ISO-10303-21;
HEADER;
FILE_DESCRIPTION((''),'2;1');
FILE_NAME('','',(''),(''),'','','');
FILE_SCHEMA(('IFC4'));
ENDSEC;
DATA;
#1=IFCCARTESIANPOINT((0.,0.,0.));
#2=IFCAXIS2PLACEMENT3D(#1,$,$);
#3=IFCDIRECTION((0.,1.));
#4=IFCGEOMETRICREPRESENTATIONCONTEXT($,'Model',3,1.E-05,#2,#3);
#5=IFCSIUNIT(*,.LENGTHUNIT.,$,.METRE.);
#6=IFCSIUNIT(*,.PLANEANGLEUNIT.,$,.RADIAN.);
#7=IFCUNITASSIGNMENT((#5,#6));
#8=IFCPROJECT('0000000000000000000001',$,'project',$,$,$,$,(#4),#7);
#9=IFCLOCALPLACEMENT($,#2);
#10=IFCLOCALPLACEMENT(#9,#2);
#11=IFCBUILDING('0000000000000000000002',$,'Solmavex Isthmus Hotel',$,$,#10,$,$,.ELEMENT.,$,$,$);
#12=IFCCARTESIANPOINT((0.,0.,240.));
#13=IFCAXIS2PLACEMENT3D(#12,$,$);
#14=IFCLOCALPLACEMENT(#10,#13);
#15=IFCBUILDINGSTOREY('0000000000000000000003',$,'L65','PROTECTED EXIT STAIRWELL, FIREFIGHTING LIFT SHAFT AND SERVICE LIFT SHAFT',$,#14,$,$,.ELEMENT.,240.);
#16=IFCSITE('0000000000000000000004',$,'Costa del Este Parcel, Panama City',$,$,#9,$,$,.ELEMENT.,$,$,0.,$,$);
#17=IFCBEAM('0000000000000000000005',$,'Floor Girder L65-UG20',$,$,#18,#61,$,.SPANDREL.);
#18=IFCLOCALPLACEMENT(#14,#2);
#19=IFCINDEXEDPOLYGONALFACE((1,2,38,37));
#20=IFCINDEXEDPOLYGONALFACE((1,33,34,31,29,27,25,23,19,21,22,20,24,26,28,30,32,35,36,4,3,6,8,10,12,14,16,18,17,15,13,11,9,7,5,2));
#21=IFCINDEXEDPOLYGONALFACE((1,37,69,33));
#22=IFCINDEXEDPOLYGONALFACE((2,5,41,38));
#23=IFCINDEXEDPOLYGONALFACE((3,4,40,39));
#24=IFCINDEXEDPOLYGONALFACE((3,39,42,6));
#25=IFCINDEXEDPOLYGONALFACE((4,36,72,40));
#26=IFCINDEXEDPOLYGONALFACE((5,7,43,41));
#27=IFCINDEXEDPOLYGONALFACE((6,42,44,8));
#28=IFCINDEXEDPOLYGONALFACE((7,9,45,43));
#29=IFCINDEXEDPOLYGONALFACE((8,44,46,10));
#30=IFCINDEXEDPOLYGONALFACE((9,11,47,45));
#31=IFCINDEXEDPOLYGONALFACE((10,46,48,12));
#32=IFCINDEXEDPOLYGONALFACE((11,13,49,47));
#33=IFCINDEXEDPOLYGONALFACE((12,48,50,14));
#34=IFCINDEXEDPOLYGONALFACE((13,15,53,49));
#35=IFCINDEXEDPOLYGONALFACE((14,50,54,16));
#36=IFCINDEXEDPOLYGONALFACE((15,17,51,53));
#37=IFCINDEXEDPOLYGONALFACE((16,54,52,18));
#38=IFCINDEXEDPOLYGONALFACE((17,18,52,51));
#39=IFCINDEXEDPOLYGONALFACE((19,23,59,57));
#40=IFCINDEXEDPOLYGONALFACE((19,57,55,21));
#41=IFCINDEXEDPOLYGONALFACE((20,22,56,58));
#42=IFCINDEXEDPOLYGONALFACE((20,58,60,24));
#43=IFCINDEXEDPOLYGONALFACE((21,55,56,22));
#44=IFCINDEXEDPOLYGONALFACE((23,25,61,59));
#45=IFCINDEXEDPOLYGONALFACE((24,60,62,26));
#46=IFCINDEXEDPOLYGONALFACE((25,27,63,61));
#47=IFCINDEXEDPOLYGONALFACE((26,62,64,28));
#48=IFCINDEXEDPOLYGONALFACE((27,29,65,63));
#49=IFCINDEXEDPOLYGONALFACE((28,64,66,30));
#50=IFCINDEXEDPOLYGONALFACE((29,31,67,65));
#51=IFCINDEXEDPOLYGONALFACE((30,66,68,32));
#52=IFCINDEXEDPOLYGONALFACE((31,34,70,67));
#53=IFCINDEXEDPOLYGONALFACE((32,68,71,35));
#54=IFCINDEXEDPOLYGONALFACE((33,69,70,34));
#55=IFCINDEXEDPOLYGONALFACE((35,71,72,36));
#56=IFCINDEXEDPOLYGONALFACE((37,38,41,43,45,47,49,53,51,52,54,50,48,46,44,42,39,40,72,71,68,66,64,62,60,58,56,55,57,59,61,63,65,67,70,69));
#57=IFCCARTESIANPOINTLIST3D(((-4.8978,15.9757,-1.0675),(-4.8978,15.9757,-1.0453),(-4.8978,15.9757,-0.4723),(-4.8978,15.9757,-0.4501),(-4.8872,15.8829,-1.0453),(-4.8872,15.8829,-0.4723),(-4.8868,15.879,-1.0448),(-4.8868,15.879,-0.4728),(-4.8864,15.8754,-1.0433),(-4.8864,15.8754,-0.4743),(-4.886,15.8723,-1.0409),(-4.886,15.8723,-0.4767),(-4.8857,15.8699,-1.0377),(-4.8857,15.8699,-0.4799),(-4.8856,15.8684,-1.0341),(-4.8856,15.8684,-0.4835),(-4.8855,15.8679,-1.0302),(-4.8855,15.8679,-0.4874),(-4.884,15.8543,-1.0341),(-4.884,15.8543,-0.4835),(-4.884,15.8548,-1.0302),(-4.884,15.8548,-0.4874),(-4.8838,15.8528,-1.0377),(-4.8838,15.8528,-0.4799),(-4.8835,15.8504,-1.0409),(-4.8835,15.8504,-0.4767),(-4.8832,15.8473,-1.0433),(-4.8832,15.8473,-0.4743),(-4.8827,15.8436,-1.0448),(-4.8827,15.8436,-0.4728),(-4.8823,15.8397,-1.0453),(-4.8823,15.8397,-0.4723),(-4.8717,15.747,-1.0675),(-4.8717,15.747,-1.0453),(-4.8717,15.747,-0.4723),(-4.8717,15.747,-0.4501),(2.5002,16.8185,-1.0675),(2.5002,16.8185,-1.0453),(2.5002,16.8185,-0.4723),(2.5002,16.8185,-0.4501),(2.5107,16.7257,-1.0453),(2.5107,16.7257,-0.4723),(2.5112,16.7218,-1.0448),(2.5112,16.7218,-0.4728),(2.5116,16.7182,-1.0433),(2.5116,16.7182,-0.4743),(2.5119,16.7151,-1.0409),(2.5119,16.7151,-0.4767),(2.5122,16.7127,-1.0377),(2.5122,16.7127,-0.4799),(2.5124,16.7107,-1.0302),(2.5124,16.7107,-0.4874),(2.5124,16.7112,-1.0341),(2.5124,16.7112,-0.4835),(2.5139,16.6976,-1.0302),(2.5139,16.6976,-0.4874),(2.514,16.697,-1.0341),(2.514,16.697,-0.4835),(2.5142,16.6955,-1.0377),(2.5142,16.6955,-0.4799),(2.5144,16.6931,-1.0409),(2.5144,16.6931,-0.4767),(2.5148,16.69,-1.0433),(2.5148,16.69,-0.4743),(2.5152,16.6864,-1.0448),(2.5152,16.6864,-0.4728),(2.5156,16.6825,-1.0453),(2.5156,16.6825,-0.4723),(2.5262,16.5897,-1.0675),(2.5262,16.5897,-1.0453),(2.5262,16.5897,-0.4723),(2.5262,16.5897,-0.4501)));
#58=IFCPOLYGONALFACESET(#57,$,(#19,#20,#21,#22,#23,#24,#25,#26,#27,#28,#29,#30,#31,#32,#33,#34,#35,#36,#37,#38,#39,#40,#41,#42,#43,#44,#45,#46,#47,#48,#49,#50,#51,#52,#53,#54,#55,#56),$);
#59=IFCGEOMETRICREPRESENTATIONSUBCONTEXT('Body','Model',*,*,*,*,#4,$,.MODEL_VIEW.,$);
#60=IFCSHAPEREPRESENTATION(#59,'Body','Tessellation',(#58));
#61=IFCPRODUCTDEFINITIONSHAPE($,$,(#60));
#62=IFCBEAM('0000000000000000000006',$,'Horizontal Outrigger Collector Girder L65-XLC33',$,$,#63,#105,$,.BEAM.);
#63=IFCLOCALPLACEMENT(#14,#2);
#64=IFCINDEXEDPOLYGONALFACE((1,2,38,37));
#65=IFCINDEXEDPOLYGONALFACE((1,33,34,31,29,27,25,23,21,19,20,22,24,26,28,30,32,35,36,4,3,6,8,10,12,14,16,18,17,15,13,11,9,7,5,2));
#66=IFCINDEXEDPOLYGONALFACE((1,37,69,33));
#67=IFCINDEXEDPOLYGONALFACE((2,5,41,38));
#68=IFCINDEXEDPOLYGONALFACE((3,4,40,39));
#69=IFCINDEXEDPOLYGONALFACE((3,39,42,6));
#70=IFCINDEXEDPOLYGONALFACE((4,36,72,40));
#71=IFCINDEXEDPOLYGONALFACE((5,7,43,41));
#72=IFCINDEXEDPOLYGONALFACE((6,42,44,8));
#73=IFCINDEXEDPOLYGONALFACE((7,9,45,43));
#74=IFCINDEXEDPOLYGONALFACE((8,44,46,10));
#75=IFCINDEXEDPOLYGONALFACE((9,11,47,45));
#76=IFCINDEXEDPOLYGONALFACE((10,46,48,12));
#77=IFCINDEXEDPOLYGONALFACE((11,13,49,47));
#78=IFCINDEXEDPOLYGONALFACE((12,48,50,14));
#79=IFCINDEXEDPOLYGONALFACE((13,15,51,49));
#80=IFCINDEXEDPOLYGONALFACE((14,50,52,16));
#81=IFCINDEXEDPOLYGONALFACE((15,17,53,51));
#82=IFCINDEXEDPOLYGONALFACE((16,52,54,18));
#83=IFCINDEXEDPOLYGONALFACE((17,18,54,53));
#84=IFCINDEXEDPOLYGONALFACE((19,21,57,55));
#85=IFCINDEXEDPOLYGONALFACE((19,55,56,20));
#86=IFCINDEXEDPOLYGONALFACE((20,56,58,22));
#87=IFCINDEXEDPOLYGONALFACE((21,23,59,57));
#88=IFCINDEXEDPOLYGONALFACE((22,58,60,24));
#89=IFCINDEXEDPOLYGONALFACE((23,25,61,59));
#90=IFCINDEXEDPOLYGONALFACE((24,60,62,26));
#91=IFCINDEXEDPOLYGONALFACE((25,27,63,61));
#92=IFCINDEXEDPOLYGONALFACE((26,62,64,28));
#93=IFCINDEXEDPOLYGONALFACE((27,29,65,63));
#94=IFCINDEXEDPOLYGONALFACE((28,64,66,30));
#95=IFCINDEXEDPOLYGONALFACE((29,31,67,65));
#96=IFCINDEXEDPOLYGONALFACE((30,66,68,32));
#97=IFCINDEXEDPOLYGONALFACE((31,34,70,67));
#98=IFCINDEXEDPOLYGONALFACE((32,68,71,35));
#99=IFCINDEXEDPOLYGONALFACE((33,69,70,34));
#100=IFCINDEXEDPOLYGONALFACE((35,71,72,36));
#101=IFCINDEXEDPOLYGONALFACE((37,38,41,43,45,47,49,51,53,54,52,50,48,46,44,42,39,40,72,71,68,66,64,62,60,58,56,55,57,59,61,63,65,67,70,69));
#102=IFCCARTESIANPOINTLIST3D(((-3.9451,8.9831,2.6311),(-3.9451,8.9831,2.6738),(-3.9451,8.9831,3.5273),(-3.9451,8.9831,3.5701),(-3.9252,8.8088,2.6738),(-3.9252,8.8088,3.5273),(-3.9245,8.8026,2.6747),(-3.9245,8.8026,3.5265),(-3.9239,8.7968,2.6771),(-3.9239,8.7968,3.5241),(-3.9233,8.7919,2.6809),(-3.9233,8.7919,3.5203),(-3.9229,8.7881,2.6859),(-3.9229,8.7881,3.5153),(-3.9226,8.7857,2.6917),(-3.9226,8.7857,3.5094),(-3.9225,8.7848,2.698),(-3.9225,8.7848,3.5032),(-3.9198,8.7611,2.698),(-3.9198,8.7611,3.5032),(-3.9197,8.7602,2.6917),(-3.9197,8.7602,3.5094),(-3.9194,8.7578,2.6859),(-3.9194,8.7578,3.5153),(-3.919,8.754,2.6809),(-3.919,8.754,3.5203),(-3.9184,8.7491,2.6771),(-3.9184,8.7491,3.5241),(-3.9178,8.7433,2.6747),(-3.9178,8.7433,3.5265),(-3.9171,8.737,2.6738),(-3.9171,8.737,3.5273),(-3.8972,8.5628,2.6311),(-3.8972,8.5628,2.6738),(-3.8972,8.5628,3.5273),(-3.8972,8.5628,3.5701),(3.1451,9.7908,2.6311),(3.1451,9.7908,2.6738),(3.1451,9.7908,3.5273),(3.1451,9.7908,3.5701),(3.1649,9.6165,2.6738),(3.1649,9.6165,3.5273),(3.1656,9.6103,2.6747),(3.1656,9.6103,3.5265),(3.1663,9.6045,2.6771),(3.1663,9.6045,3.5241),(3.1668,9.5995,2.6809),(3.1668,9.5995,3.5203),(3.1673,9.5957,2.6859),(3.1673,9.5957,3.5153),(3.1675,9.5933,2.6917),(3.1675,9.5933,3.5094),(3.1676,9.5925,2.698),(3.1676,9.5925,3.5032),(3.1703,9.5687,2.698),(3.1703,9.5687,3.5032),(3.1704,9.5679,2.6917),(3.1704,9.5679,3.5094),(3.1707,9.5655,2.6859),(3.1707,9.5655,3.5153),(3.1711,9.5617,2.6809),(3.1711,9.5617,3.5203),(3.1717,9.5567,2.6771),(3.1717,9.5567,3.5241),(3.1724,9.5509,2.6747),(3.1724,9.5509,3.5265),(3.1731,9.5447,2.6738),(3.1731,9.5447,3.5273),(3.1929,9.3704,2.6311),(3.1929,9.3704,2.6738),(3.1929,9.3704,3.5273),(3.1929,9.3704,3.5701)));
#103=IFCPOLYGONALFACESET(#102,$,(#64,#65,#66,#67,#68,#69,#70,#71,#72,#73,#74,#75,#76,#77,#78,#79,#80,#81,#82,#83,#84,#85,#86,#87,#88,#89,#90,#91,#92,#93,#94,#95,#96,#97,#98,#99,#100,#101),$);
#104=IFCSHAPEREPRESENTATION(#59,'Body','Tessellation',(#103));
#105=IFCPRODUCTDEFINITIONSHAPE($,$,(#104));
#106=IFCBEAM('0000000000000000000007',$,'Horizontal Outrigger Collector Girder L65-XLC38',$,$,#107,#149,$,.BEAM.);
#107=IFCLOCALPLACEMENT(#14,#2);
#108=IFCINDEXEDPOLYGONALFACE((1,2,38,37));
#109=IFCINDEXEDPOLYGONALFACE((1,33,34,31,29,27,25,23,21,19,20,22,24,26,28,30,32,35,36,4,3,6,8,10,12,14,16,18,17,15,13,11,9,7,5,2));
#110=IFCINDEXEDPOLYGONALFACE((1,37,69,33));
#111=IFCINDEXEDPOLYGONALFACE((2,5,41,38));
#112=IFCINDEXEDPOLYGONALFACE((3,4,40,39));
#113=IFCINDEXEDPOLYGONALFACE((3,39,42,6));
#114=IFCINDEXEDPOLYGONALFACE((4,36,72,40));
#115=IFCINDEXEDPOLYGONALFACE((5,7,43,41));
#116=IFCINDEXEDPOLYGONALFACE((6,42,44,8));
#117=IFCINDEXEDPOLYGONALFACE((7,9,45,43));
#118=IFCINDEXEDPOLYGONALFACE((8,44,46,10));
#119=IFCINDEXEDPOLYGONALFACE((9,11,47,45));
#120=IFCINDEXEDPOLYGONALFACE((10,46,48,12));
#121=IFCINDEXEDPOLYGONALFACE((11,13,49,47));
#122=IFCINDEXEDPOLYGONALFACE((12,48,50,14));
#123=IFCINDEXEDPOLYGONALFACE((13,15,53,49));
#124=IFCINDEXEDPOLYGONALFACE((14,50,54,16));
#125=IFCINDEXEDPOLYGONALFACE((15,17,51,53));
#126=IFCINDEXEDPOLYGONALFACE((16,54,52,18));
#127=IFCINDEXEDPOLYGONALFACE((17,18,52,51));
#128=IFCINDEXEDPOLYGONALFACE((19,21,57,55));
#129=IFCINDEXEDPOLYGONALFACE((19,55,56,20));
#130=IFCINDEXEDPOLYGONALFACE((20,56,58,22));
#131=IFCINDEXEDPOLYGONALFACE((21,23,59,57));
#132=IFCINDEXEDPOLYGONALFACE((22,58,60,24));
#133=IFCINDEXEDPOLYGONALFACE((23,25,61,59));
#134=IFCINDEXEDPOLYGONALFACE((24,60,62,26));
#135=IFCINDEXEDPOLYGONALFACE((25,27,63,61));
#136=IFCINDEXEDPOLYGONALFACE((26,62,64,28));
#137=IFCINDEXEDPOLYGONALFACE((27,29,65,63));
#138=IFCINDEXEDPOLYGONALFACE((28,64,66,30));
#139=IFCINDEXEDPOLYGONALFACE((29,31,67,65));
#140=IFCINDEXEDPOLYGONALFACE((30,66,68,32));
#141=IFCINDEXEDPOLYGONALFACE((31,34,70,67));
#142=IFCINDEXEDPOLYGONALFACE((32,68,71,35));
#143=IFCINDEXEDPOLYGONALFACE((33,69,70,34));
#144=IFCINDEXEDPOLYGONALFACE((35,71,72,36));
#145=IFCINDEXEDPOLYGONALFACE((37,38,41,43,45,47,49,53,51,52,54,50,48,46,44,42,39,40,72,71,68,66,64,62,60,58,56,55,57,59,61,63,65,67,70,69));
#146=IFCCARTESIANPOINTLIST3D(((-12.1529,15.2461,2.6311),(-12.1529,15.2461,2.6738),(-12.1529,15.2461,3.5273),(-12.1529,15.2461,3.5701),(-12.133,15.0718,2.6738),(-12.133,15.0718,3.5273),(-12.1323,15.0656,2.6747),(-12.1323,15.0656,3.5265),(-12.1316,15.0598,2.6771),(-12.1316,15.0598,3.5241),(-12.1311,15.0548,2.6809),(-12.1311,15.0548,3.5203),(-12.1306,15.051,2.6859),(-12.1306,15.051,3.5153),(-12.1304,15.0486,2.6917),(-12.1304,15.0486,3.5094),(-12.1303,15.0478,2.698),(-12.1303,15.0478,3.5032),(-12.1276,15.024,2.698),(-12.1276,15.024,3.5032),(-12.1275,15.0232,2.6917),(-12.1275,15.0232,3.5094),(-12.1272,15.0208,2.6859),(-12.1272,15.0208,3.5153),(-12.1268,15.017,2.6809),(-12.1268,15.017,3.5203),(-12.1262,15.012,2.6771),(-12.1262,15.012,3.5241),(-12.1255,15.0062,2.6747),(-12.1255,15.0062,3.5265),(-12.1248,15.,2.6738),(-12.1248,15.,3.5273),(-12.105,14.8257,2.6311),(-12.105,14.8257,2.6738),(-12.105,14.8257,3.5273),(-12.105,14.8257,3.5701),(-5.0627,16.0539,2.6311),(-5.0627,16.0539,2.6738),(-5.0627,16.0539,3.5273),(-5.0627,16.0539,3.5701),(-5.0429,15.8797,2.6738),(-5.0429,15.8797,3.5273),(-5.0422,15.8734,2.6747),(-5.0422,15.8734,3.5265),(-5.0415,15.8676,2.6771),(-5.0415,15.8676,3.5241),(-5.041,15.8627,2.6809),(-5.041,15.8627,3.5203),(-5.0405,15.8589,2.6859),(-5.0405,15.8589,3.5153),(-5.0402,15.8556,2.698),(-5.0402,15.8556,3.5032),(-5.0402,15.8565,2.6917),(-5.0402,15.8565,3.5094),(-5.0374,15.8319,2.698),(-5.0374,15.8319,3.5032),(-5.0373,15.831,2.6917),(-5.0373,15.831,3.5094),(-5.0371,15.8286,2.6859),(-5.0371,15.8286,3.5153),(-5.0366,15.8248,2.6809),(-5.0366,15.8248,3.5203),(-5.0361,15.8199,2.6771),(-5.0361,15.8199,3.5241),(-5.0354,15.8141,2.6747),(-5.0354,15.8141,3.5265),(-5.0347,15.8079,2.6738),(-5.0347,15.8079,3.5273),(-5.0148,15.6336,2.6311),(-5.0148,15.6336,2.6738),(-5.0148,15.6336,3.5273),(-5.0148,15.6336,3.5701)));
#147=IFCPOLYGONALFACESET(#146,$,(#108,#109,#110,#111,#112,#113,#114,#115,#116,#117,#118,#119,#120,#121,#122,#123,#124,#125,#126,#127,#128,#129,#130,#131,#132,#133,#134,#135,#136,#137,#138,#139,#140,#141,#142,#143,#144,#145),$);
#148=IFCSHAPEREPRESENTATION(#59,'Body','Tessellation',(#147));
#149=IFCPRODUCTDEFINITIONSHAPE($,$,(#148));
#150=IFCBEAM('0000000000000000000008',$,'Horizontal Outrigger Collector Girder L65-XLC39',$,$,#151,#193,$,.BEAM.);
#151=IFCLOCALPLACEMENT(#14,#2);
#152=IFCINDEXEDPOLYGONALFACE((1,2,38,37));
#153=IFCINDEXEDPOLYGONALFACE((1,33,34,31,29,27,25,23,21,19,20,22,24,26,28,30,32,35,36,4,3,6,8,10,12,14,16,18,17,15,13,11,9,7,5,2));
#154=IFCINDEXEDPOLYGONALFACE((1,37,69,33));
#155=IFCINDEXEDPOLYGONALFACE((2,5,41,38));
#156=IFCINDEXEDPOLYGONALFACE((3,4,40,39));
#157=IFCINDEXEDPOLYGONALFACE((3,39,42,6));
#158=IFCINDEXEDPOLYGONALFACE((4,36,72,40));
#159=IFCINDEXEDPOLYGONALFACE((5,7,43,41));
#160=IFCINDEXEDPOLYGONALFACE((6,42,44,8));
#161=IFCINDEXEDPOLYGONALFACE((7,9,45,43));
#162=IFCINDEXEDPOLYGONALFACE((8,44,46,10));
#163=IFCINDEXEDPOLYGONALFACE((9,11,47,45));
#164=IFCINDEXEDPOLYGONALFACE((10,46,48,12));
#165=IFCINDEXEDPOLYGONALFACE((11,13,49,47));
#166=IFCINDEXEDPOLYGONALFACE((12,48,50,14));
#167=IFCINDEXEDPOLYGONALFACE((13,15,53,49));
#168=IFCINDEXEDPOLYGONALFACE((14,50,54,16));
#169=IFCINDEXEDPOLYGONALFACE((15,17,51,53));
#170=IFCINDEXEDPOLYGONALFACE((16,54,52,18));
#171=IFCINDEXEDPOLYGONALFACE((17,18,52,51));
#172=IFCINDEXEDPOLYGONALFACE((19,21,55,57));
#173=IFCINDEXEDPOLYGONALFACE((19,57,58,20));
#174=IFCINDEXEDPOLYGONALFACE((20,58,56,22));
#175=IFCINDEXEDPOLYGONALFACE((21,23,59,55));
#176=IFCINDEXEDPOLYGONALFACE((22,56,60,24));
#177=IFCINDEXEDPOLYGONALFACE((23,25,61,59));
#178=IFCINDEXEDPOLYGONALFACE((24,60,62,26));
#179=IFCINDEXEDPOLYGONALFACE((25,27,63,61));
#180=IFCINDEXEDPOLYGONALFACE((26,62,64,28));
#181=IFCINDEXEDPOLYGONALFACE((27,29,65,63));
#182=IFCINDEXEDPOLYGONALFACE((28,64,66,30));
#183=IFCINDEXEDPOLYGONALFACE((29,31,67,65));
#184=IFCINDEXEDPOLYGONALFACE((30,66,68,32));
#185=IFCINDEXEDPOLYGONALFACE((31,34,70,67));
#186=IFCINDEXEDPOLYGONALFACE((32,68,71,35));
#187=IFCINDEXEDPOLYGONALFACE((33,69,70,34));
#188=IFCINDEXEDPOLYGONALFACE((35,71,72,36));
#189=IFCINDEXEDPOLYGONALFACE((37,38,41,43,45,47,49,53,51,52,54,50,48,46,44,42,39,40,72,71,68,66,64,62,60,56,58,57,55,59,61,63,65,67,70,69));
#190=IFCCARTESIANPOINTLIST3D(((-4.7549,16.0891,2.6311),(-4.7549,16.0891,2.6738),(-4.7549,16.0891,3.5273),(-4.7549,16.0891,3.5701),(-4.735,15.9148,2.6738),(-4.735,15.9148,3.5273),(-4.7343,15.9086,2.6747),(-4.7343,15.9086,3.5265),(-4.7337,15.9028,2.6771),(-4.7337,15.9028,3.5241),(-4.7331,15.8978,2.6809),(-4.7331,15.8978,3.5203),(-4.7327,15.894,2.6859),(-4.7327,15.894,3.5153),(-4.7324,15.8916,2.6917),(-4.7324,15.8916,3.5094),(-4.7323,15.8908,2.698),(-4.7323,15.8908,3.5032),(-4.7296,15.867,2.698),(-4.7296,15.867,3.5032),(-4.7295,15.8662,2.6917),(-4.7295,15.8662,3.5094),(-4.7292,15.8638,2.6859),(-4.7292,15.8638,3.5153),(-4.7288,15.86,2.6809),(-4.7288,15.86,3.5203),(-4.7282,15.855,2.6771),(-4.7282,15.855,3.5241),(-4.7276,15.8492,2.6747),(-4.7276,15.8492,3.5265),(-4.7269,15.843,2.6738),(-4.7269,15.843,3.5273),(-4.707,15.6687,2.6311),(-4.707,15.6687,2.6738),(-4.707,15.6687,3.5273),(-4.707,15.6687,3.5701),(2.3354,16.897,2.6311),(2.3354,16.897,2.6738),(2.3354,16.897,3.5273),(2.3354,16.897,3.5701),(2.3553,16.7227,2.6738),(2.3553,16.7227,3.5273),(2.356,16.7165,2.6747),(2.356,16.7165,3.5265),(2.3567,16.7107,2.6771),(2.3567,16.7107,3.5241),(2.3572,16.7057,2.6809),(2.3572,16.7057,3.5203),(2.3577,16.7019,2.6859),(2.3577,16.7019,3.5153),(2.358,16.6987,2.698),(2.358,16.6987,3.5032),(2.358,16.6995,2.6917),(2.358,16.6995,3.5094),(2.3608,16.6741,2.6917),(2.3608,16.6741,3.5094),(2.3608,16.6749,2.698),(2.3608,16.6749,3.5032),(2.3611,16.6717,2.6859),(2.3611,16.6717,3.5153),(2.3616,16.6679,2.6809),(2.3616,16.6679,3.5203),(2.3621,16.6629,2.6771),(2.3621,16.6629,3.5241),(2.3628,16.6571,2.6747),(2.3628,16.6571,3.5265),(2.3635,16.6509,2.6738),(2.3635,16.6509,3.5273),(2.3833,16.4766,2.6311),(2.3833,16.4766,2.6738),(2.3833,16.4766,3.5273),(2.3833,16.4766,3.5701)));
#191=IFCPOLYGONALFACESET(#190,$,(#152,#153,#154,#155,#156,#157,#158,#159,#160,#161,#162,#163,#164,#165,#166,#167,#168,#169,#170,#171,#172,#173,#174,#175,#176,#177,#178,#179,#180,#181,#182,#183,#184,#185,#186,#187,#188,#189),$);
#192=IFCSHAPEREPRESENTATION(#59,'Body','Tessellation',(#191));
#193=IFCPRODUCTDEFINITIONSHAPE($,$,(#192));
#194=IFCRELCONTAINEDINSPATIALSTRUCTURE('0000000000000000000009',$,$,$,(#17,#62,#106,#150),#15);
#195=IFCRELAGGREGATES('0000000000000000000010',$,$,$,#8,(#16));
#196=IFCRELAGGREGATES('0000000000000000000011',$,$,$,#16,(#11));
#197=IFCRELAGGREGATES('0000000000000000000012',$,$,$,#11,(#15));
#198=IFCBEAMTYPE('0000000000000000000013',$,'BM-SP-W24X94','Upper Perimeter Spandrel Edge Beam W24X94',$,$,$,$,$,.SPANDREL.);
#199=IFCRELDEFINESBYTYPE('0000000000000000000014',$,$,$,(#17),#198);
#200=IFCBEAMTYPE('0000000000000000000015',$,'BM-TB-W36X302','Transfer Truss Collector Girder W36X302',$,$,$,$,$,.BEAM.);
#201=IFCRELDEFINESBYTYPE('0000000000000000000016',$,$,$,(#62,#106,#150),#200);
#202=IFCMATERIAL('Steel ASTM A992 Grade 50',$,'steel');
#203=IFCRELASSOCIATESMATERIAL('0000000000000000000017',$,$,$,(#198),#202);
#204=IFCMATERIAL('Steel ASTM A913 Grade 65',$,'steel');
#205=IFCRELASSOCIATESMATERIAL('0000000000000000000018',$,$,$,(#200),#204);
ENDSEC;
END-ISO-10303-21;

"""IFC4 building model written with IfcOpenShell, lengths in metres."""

from ifc_helpers import new_model, si_unit, direction, frame, origin, origin_2d, place, context, subcontext, project, spatial, i_section, extrude, material, material_profile, profile_set, type_object, element, save


model = new_model("IFC4")

# Units and contexts
model_context = context("Model", 3, precision=1e-05, world=origin(), true_north=direction((0.0, 1.0)))
body_context = subcontext(model_context, "Body", "Model", "MODEL_VIEW")
ifc_project = project(units=[si_unit("LENGTHUNIT", "METRE"), si_unit("PLANEANGLEUNIT", "RADIAN")], contexts=[model_context])

# Site, building, storey
site_placement = place(None, origin())
site = spatial("IfcSite", under=ifc_project, at=site_placement, Name="Costa del Este Parcel, Panama City", CompositionType="ELEMENT", RefElevation=0.0)
building_placement = place(site_placement, origin())
building = spatial("IfcBuilding", under=site, at=building_placement, Name="Solmavex Isthmus Hotel", CompositionType="ELEMENT")
storey_placement = place(building_placement, frame((0.0, 0.0, 240.0)))
storey = spatial("IfcBuildingStorey", under=building, at=storey_placement, Name="L65", Description="PROTECTED EXIT STAIRWELL, FIREFIGHTING LIFT SHAFT AND SERVICE LIFT SHAFT", CompositionType="ELEMENT", Elevation=240.0)

# Shared definitions
ifc_material_1 = material(Name="Steel ASTM A913 Grade 65", Category="steel")

# Beams
ifc_material_2 = material(Name="Steel ASTM A992 Grade 50", Category="steel")
ifc_material_profile_1 = material_profile(ifc_material_2, i_section(OverallWidth=0.2302, OverallDepth=0.6174, WebThickness=0.0132, FlangeThickness=0.0222, FilletRadius=0.0151, at=origin_2d()), Name="W24X94")
ifc_profile_set_1 = profile_set([ifc_material_profile_1], Name="Steel ASTM A992 Grade 50")
beam_type_1 = type_object("IfcBeamType", Name="BM-SP-W24X94", Description="Upper Perimeter Spandrel Edge Beam W24X94", PredefinedType="SPANDREL", material=ifc_profile_set_1)
beam_1_placement = place(storey_placement, frame((-4.8848, 15.8613, -0.7588), z_axis=(0.993574, 0.113188, 0.0), x_axis=(-0.113188, 0.993574, 0.0)))
element("IfcBeam", 1, at=beam_1_placement, inside=storey, type_object=beam_type_1, Name="Floor Girder L65-UG20", PredefinedType="SPANDREL", context=body_context, shape_type="SweptSolid", body=[
    extrude(i_section(OverallWidth=0.2302, OverallDepth=0.6174, WebThickness=0.0132, FlangeThickness=0.0222, FilletRadius=0.0151, at=origin_2d()), origin(), (0.0, 0.0, 1.0), 7.4458),
])
ifc_material_profile_2 = material_profile(ifc_material_1, i_section(OverallWidth=0.4231, OverallDepth=0.939, WebThickness=0.0239, FlangeThickness=0.0427, FilletRadius=0.0242, at=origin_2d()), Name="W36X302")
ifc_profile_set_2 = profile_set([ifc_material_profile_2], Name="Steel ASTM A913 Grade 65")
beam_type_2 = type_object("IfcBeamType", Name="BM-TB-W36X302", Description="Transfer Truss Collector Girder W36X302", PredefinedType="BEAM", material=ifc_profile_set_2)
for number, where, z_axis, x_axis, name in (
    (2, (-3.9211, 8.7729, 3.1006), (0.993575, 0.113176, 0.0), (-0.113176, 0.993575, 0.0), "Horizontal Outrigger Collector Girder L65-XLC33"),
    (3, (-12.1289, 15.0359, 3.1006), (0.993571, 0.11321, 0.0), (-0.11321, 0.993571, 0.0), "Horizontal Outrigger Collector Girder L65-XLC38"),
):
    element("IfcBeam", number, at=place(storey_placement, frame(where, z_axis=z_axis, x_axis=x_axis)), inside=storey, type_object=beam_type_2, Name=name, PredefinedType="BEAM", context=body_context, shape_type="SweptSolid", body=[
        extrude(i_section(OverallWidth=0.4231, OverallDepth=0.939, WebThickness=0.0239, FlangeThickness=0.0427, FilletRadius=0.0242, at=origin_2d()), origin(), (0.0, 0.0, 1.0), 7.136),
    ])
beam_2_placement = place(storey_placement, frame((-4.731, 15.8789, 3.1006), z_axis=(0.993572, 0.113206, 0.0), x_axis=(-0.113206, 0.993572, 0.0)))
element("IfcBeam", 4, at=beam_2_placement, inside=storey, type_object=beam_type_2, Name="Horizontal Outrigger Collector Girder L65-XLC39", PredefinedType="BEAM", context=body_context, shape_type="SweptSolid", body=[
    extrude(i_section(OverallWidth=0.4231, OverallDepth=0.939, WebThickness=0.0239, FlangeThickness=0.0427, FilletRadius=0.0242, at=origin_2d()), origin(), (0.0, 0.0, 1.0), 7.1362),
])

save(model, "model.ifc")
